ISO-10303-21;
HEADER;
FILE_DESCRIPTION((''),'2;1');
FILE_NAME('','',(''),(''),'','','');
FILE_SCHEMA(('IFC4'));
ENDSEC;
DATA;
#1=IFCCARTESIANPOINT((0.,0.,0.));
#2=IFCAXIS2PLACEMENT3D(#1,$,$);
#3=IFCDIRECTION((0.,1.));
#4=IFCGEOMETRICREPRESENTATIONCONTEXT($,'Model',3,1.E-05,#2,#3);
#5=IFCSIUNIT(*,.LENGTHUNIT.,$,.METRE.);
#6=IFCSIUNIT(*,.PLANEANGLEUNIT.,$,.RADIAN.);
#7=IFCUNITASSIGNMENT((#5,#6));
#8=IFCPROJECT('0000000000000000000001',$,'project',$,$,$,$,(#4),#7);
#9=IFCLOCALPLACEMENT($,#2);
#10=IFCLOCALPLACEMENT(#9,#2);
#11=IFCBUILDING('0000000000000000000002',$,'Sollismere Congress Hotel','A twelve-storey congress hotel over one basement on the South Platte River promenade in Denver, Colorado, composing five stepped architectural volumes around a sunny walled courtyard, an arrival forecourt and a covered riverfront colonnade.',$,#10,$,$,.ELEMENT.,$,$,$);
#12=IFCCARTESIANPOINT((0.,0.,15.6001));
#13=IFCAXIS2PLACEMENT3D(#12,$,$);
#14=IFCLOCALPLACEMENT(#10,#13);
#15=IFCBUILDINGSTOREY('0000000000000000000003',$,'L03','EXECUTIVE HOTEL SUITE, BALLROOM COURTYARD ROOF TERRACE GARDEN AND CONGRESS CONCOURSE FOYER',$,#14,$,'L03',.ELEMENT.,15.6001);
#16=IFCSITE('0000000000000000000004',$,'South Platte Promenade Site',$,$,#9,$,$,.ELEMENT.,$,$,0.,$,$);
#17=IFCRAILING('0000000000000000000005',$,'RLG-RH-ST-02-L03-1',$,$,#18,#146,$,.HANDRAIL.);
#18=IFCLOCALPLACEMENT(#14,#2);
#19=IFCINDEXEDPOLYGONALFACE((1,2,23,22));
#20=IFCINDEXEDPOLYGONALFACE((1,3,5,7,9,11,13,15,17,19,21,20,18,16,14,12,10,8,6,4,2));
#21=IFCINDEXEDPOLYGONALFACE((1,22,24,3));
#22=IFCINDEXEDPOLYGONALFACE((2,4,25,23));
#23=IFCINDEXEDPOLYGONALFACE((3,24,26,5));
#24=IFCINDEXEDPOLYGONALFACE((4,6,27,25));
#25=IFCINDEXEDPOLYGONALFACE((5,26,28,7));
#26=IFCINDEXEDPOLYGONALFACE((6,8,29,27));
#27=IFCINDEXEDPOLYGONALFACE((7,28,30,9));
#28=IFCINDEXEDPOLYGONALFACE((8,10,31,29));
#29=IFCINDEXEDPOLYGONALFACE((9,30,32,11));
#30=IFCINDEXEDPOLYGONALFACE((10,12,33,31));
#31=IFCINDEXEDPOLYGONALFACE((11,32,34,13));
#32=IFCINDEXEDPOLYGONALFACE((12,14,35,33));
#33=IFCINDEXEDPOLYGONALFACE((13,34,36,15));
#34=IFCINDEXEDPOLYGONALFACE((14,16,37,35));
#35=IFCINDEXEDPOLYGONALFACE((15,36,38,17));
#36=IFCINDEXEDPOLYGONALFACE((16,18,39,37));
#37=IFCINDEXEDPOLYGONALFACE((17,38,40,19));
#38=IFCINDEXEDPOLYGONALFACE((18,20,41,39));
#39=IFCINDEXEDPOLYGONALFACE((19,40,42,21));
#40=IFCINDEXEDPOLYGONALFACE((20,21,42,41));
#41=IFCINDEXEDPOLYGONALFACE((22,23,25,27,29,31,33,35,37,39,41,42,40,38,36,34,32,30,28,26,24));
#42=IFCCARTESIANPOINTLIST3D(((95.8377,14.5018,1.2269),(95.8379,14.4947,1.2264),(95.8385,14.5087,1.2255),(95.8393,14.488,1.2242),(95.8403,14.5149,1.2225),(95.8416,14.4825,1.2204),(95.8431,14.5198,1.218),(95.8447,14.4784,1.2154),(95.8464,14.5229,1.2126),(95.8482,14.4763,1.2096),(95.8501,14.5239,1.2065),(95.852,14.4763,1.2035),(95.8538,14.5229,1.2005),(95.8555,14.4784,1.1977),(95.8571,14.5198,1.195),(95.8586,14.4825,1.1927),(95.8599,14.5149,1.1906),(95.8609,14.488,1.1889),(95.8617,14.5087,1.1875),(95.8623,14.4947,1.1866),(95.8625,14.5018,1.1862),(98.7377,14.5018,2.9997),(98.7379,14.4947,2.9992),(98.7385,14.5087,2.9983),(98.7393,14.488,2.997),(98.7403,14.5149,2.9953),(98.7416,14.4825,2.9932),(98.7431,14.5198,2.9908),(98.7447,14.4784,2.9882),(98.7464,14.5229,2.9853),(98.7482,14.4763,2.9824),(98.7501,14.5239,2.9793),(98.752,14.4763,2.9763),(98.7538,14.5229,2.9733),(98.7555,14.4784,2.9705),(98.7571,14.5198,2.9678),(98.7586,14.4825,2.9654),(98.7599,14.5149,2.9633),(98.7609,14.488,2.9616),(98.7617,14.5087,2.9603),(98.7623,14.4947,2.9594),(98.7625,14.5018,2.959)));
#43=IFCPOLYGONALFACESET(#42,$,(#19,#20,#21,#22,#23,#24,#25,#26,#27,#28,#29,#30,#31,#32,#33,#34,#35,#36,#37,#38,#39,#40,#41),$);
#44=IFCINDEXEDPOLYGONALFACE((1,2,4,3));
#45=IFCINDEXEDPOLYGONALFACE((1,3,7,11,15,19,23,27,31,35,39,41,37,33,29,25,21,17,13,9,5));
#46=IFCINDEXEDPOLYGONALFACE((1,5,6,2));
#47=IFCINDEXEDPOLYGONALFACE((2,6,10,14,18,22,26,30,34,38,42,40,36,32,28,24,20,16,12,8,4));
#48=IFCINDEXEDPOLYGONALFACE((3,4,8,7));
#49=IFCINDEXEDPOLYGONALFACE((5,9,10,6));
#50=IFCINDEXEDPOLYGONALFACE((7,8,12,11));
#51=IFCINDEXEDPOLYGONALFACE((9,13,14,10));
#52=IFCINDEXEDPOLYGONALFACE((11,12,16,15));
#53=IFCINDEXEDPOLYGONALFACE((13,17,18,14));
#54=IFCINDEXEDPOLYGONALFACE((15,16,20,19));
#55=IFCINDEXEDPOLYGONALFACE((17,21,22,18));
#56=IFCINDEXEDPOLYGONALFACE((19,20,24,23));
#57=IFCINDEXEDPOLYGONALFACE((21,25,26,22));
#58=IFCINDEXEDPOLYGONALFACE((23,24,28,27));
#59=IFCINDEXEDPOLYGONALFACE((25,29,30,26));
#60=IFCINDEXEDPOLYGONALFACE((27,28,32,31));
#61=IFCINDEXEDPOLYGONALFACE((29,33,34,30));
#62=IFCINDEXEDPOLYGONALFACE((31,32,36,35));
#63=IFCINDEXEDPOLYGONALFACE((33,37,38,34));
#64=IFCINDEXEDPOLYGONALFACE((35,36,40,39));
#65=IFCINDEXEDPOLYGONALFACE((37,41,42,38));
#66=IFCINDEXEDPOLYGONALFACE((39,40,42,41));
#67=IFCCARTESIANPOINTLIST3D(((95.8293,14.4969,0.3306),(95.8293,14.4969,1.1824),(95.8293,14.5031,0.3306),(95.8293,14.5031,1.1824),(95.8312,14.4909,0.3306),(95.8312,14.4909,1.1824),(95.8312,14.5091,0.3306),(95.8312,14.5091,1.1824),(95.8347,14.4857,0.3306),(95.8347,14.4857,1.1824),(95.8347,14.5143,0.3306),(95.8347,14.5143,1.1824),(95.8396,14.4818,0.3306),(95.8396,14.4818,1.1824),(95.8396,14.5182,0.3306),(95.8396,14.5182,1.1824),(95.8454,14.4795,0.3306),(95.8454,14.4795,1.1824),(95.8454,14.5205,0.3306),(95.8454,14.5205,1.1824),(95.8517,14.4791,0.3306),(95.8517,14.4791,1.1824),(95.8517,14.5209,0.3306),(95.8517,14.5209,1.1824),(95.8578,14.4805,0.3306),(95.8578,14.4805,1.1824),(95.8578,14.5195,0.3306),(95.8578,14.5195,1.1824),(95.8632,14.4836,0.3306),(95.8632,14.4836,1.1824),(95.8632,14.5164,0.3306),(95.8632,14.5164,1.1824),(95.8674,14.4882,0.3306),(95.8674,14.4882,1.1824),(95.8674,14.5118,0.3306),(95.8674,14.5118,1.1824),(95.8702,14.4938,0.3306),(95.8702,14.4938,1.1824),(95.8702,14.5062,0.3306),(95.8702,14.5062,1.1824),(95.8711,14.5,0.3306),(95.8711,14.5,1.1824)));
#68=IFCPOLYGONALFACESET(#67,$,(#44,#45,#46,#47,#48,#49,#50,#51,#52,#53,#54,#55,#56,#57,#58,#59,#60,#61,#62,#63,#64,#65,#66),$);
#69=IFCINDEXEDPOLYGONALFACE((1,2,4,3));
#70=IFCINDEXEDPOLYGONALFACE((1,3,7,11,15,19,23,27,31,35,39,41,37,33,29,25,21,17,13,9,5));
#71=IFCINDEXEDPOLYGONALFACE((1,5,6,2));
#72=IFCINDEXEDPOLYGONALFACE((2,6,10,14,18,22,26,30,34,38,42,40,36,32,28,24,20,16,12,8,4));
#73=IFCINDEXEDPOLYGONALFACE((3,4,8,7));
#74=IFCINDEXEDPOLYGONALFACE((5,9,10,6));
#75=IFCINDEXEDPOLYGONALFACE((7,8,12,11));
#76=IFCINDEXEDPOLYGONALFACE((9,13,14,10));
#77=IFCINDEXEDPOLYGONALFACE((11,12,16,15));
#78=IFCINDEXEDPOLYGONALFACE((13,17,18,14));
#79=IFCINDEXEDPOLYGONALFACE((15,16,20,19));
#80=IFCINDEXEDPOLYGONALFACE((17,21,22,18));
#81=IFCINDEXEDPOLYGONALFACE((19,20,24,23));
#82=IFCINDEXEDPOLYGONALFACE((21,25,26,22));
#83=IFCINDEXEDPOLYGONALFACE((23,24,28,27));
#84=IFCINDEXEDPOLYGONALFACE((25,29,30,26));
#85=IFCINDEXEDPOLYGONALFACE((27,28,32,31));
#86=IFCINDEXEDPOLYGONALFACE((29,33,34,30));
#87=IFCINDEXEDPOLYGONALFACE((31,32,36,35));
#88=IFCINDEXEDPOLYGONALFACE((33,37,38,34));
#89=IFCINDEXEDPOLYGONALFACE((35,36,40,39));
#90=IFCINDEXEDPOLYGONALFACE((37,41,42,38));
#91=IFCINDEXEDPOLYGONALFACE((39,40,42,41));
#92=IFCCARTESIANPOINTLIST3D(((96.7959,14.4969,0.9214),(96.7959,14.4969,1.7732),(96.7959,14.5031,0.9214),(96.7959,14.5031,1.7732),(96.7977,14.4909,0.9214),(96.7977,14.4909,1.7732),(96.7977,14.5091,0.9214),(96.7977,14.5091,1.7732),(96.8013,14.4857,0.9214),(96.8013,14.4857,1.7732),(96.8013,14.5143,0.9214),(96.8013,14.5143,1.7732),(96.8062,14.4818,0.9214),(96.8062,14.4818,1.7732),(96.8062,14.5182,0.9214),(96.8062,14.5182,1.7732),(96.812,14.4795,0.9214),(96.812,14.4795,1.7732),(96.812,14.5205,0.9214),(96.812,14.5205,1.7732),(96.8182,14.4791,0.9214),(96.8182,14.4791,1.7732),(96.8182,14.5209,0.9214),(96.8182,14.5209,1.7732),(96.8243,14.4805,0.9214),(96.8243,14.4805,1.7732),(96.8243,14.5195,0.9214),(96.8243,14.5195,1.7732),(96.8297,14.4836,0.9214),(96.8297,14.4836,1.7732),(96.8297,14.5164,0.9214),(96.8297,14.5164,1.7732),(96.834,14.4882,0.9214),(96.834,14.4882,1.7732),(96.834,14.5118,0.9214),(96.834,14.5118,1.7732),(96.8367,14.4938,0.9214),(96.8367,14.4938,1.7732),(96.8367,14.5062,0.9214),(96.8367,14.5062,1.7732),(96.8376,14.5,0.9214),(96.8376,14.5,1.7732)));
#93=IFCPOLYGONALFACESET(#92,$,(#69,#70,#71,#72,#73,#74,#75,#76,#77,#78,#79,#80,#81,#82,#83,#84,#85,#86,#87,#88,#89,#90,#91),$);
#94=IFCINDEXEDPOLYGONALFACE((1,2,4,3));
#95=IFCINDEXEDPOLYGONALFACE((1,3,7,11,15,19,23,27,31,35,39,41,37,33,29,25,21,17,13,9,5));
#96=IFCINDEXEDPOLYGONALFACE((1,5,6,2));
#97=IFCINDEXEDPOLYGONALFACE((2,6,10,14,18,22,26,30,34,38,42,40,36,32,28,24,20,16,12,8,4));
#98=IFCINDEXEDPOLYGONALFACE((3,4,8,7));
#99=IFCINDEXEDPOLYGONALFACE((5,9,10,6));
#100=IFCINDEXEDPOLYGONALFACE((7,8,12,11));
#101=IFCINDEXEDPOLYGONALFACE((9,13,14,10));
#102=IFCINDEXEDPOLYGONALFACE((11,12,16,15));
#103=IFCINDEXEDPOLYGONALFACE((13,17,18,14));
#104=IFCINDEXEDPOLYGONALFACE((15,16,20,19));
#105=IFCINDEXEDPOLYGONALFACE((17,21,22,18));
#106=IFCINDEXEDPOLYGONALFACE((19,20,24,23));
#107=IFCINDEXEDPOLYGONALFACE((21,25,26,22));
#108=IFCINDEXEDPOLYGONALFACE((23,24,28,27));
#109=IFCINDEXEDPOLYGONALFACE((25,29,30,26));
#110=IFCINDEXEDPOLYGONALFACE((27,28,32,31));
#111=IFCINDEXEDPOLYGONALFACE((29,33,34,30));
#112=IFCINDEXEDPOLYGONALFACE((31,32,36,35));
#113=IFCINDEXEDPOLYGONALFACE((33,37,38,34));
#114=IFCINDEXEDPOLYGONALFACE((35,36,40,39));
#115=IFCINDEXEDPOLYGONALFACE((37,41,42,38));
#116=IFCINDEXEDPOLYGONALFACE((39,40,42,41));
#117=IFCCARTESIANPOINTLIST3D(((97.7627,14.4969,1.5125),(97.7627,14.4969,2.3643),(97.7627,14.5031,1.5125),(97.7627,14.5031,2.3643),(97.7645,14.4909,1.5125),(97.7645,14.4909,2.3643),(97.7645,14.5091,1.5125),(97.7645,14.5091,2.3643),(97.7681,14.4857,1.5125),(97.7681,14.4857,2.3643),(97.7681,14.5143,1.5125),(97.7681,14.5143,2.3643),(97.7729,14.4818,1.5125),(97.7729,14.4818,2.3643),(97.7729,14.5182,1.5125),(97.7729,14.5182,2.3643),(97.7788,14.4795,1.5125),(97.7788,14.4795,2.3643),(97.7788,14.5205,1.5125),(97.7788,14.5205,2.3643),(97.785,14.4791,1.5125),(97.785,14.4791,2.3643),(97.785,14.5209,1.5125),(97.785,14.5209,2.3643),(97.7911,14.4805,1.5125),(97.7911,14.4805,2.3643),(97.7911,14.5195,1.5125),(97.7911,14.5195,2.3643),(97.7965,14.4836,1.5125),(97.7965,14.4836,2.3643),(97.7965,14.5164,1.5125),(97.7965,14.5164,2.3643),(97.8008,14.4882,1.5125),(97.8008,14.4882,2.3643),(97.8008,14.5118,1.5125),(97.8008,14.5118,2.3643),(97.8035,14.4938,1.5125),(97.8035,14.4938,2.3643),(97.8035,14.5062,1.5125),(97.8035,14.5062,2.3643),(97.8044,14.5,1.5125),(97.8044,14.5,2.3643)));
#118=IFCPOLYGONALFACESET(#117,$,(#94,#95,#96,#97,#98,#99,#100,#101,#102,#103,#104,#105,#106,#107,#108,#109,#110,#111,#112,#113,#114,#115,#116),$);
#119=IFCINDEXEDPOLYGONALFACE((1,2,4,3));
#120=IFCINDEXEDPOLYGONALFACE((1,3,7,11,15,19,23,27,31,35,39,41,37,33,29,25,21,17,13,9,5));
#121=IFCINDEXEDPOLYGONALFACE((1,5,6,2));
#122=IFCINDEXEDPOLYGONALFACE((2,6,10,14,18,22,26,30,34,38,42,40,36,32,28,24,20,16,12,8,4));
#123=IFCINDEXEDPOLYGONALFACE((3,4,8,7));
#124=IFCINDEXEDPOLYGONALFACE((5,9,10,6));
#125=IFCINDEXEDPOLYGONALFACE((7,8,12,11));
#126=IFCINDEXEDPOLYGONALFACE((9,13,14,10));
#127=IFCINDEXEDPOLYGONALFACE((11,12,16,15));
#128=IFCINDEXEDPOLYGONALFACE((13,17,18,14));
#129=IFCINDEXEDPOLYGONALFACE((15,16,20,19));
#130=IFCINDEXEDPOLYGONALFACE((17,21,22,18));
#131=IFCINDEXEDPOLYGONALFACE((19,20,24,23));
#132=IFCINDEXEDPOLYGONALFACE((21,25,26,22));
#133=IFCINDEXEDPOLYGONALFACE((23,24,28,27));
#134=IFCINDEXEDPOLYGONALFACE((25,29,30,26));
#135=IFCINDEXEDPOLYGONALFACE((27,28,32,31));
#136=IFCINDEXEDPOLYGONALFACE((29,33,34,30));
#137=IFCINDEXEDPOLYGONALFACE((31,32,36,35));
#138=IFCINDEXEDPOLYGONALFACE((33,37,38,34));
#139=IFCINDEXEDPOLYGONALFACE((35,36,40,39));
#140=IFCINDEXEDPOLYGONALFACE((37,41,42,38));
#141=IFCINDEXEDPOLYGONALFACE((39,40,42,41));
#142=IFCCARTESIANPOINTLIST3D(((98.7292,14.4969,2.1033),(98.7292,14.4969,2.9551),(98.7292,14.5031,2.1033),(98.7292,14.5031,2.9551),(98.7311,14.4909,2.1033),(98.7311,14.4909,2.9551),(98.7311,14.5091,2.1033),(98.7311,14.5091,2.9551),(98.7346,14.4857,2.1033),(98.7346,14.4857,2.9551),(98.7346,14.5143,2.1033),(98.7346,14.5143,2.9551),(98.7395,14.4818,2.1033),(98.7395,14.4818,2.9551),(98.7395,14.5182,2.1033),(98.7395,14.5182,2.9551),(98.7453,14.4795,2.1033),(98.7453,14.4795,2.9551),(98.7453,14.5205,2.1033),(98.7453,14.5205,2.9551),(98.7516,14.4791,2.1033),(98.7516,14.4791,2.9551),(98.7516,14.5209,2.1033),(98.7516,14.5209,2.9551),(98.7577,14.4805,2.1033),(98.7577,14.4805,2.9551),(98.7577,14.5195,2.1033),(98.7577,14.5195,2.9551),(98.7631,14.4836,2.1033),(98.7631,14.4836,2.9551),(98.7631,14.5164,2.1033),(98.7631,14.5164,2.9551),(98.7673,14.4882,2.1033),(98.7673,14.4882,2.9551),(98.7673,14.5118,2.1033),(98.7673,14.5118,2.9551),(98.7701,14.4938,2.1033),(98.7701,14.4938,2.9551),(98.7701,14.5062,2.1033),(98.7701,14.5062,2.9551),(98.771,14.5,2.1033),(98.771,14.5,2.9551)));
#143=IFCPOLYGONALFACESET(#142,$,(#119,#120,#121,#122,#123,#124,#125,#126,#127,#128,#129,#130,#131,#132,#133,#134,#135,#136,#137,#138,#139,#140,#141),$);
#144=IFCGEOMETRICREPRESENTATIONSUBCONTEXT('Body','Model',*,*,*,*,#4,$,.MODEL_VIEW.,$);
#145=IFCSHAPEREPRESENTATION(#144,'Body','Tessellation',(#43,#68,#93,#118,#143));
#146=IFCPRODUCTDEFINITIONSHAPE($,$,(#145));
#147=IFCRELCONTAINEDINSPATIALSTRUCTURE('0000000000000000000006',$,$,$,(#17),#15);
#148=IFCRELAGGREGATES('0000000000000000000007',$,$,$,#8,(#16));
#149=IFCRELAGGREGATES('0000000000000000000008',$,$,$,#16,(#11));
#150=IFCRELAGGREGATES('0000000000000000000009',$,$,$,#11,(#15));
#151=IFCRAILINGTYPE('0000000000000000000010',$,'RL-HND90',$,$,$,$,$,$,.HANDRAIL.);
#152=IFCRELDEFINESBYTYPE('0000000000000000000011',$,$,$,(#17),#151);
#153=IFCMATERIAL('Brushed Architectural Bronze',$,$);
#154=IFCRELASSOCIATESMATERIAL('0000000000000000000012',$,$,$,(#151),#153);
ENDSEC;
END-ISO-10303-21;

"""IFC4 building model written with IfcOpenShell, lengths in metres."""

from ifc_helpers import new_model, si_unit, direction, frame, origin, origin_2d, place, context, subcontext, project, spatial, circle, extrude, material, type_object, element, save


model = new_model("IFC4")

# Units and contexts
model_context = context("Model", 3, precision=1e-05, world=origin(), true_north=direction((0.0, 1.0)))
body_context = subcontext(model_context, "Body", "Model", "MODEL_VIEW")
ifc_project = project(units=[si_unit("LENGTHUNIT", "METRE"), si_unit("PLANEANGLEUNIT", "RADIAN")], contexts=[model_context])

# Site, building, storey
site_placement = place(None, origin())
site = spatial("IfcSite", under=ifc_project, at=site_placement, Name="South Platte Promenade Site", CompositionType="ELEMENT", RefElevation=0.0)
building_placement = place(site_placement, origin())
building = spatial("IfcBuilding", under=site, at=building_placement, Name="Sollismere Congress Hotel", Description="A twelve-storey congress hotel over one basement on the South Platte River promenade in Denver, Colorado, composing five stepped architectural volumes around a sunny walled courtyard, an arrival forecourt and a covered riverfront colonnade.", CompositionType="ELEMENT")
storey_placement = place(building_placement, frame((0.0, 0.0, 15.6001)))
storey = spatial("IfcBuildingStorey", under=building, at=storey_placement, Name="L03", Description="EXECUTIVE HOTEL SUITE, BALLROOM COURTYARD ROOF TERRACE GARDEN AND CONGRESS CONCOURSE FOYER", LongName="L03", CompositionType="ELEMENT", Elevation=15.6001)

# Railing
ifc_material_1 = material(Name="Brushed Architectural Bronze")
railing_type_1 = type_object("IfcRailingType", Name="RL-HND90", PredefinedType="HANDRAIL", material=ifc_material_1)
railing_1_placement = place(storey_placement, frame((95.8501, 14.5, 0.3306)))
element("IfcRailing", 1, at=railing_1_placement, inside=storey, type_object=railing_type_1, Name="RLG-RH-ST-02-L03-1", PredefinedType="HANDRAIL", context=body_context, shape_type="SweptSolid", body=[
    extrude(circle(Radius=0.0239, at=origin_2d()), frame((0.0, 0.0, 0.876), z_axis=(0.853211, 0.0, 0.521566), x_axis=(0.0, 1.0, 0.0)), (0.0, 0.0, 1.0), 3.3989),
    extrude(circle(Radius=0.021, at=origin_2d()), origin(), (0.0, 0.0, 1.0), 0.8518),
    extrude(circle(Radius=0.021, at=origin_2d()), frame((0.9666, 0.0, 0.5908)), (0.0, 0.0, 1.0), 0.8518),
    extrude(circle(Radius=0.021, at=origin_2d()), frame((1.9333, 0.0, 1.1819)), (0.0, 0.0, 1.0), 0.8518),
    extrude(circle(Radius=0.021, at=origin_2d()), frame((2.8999, 0.0, 1.7727)), (0.0, 0.0, 1.0), 0.8518),
])

save(model, "model.ifc")
